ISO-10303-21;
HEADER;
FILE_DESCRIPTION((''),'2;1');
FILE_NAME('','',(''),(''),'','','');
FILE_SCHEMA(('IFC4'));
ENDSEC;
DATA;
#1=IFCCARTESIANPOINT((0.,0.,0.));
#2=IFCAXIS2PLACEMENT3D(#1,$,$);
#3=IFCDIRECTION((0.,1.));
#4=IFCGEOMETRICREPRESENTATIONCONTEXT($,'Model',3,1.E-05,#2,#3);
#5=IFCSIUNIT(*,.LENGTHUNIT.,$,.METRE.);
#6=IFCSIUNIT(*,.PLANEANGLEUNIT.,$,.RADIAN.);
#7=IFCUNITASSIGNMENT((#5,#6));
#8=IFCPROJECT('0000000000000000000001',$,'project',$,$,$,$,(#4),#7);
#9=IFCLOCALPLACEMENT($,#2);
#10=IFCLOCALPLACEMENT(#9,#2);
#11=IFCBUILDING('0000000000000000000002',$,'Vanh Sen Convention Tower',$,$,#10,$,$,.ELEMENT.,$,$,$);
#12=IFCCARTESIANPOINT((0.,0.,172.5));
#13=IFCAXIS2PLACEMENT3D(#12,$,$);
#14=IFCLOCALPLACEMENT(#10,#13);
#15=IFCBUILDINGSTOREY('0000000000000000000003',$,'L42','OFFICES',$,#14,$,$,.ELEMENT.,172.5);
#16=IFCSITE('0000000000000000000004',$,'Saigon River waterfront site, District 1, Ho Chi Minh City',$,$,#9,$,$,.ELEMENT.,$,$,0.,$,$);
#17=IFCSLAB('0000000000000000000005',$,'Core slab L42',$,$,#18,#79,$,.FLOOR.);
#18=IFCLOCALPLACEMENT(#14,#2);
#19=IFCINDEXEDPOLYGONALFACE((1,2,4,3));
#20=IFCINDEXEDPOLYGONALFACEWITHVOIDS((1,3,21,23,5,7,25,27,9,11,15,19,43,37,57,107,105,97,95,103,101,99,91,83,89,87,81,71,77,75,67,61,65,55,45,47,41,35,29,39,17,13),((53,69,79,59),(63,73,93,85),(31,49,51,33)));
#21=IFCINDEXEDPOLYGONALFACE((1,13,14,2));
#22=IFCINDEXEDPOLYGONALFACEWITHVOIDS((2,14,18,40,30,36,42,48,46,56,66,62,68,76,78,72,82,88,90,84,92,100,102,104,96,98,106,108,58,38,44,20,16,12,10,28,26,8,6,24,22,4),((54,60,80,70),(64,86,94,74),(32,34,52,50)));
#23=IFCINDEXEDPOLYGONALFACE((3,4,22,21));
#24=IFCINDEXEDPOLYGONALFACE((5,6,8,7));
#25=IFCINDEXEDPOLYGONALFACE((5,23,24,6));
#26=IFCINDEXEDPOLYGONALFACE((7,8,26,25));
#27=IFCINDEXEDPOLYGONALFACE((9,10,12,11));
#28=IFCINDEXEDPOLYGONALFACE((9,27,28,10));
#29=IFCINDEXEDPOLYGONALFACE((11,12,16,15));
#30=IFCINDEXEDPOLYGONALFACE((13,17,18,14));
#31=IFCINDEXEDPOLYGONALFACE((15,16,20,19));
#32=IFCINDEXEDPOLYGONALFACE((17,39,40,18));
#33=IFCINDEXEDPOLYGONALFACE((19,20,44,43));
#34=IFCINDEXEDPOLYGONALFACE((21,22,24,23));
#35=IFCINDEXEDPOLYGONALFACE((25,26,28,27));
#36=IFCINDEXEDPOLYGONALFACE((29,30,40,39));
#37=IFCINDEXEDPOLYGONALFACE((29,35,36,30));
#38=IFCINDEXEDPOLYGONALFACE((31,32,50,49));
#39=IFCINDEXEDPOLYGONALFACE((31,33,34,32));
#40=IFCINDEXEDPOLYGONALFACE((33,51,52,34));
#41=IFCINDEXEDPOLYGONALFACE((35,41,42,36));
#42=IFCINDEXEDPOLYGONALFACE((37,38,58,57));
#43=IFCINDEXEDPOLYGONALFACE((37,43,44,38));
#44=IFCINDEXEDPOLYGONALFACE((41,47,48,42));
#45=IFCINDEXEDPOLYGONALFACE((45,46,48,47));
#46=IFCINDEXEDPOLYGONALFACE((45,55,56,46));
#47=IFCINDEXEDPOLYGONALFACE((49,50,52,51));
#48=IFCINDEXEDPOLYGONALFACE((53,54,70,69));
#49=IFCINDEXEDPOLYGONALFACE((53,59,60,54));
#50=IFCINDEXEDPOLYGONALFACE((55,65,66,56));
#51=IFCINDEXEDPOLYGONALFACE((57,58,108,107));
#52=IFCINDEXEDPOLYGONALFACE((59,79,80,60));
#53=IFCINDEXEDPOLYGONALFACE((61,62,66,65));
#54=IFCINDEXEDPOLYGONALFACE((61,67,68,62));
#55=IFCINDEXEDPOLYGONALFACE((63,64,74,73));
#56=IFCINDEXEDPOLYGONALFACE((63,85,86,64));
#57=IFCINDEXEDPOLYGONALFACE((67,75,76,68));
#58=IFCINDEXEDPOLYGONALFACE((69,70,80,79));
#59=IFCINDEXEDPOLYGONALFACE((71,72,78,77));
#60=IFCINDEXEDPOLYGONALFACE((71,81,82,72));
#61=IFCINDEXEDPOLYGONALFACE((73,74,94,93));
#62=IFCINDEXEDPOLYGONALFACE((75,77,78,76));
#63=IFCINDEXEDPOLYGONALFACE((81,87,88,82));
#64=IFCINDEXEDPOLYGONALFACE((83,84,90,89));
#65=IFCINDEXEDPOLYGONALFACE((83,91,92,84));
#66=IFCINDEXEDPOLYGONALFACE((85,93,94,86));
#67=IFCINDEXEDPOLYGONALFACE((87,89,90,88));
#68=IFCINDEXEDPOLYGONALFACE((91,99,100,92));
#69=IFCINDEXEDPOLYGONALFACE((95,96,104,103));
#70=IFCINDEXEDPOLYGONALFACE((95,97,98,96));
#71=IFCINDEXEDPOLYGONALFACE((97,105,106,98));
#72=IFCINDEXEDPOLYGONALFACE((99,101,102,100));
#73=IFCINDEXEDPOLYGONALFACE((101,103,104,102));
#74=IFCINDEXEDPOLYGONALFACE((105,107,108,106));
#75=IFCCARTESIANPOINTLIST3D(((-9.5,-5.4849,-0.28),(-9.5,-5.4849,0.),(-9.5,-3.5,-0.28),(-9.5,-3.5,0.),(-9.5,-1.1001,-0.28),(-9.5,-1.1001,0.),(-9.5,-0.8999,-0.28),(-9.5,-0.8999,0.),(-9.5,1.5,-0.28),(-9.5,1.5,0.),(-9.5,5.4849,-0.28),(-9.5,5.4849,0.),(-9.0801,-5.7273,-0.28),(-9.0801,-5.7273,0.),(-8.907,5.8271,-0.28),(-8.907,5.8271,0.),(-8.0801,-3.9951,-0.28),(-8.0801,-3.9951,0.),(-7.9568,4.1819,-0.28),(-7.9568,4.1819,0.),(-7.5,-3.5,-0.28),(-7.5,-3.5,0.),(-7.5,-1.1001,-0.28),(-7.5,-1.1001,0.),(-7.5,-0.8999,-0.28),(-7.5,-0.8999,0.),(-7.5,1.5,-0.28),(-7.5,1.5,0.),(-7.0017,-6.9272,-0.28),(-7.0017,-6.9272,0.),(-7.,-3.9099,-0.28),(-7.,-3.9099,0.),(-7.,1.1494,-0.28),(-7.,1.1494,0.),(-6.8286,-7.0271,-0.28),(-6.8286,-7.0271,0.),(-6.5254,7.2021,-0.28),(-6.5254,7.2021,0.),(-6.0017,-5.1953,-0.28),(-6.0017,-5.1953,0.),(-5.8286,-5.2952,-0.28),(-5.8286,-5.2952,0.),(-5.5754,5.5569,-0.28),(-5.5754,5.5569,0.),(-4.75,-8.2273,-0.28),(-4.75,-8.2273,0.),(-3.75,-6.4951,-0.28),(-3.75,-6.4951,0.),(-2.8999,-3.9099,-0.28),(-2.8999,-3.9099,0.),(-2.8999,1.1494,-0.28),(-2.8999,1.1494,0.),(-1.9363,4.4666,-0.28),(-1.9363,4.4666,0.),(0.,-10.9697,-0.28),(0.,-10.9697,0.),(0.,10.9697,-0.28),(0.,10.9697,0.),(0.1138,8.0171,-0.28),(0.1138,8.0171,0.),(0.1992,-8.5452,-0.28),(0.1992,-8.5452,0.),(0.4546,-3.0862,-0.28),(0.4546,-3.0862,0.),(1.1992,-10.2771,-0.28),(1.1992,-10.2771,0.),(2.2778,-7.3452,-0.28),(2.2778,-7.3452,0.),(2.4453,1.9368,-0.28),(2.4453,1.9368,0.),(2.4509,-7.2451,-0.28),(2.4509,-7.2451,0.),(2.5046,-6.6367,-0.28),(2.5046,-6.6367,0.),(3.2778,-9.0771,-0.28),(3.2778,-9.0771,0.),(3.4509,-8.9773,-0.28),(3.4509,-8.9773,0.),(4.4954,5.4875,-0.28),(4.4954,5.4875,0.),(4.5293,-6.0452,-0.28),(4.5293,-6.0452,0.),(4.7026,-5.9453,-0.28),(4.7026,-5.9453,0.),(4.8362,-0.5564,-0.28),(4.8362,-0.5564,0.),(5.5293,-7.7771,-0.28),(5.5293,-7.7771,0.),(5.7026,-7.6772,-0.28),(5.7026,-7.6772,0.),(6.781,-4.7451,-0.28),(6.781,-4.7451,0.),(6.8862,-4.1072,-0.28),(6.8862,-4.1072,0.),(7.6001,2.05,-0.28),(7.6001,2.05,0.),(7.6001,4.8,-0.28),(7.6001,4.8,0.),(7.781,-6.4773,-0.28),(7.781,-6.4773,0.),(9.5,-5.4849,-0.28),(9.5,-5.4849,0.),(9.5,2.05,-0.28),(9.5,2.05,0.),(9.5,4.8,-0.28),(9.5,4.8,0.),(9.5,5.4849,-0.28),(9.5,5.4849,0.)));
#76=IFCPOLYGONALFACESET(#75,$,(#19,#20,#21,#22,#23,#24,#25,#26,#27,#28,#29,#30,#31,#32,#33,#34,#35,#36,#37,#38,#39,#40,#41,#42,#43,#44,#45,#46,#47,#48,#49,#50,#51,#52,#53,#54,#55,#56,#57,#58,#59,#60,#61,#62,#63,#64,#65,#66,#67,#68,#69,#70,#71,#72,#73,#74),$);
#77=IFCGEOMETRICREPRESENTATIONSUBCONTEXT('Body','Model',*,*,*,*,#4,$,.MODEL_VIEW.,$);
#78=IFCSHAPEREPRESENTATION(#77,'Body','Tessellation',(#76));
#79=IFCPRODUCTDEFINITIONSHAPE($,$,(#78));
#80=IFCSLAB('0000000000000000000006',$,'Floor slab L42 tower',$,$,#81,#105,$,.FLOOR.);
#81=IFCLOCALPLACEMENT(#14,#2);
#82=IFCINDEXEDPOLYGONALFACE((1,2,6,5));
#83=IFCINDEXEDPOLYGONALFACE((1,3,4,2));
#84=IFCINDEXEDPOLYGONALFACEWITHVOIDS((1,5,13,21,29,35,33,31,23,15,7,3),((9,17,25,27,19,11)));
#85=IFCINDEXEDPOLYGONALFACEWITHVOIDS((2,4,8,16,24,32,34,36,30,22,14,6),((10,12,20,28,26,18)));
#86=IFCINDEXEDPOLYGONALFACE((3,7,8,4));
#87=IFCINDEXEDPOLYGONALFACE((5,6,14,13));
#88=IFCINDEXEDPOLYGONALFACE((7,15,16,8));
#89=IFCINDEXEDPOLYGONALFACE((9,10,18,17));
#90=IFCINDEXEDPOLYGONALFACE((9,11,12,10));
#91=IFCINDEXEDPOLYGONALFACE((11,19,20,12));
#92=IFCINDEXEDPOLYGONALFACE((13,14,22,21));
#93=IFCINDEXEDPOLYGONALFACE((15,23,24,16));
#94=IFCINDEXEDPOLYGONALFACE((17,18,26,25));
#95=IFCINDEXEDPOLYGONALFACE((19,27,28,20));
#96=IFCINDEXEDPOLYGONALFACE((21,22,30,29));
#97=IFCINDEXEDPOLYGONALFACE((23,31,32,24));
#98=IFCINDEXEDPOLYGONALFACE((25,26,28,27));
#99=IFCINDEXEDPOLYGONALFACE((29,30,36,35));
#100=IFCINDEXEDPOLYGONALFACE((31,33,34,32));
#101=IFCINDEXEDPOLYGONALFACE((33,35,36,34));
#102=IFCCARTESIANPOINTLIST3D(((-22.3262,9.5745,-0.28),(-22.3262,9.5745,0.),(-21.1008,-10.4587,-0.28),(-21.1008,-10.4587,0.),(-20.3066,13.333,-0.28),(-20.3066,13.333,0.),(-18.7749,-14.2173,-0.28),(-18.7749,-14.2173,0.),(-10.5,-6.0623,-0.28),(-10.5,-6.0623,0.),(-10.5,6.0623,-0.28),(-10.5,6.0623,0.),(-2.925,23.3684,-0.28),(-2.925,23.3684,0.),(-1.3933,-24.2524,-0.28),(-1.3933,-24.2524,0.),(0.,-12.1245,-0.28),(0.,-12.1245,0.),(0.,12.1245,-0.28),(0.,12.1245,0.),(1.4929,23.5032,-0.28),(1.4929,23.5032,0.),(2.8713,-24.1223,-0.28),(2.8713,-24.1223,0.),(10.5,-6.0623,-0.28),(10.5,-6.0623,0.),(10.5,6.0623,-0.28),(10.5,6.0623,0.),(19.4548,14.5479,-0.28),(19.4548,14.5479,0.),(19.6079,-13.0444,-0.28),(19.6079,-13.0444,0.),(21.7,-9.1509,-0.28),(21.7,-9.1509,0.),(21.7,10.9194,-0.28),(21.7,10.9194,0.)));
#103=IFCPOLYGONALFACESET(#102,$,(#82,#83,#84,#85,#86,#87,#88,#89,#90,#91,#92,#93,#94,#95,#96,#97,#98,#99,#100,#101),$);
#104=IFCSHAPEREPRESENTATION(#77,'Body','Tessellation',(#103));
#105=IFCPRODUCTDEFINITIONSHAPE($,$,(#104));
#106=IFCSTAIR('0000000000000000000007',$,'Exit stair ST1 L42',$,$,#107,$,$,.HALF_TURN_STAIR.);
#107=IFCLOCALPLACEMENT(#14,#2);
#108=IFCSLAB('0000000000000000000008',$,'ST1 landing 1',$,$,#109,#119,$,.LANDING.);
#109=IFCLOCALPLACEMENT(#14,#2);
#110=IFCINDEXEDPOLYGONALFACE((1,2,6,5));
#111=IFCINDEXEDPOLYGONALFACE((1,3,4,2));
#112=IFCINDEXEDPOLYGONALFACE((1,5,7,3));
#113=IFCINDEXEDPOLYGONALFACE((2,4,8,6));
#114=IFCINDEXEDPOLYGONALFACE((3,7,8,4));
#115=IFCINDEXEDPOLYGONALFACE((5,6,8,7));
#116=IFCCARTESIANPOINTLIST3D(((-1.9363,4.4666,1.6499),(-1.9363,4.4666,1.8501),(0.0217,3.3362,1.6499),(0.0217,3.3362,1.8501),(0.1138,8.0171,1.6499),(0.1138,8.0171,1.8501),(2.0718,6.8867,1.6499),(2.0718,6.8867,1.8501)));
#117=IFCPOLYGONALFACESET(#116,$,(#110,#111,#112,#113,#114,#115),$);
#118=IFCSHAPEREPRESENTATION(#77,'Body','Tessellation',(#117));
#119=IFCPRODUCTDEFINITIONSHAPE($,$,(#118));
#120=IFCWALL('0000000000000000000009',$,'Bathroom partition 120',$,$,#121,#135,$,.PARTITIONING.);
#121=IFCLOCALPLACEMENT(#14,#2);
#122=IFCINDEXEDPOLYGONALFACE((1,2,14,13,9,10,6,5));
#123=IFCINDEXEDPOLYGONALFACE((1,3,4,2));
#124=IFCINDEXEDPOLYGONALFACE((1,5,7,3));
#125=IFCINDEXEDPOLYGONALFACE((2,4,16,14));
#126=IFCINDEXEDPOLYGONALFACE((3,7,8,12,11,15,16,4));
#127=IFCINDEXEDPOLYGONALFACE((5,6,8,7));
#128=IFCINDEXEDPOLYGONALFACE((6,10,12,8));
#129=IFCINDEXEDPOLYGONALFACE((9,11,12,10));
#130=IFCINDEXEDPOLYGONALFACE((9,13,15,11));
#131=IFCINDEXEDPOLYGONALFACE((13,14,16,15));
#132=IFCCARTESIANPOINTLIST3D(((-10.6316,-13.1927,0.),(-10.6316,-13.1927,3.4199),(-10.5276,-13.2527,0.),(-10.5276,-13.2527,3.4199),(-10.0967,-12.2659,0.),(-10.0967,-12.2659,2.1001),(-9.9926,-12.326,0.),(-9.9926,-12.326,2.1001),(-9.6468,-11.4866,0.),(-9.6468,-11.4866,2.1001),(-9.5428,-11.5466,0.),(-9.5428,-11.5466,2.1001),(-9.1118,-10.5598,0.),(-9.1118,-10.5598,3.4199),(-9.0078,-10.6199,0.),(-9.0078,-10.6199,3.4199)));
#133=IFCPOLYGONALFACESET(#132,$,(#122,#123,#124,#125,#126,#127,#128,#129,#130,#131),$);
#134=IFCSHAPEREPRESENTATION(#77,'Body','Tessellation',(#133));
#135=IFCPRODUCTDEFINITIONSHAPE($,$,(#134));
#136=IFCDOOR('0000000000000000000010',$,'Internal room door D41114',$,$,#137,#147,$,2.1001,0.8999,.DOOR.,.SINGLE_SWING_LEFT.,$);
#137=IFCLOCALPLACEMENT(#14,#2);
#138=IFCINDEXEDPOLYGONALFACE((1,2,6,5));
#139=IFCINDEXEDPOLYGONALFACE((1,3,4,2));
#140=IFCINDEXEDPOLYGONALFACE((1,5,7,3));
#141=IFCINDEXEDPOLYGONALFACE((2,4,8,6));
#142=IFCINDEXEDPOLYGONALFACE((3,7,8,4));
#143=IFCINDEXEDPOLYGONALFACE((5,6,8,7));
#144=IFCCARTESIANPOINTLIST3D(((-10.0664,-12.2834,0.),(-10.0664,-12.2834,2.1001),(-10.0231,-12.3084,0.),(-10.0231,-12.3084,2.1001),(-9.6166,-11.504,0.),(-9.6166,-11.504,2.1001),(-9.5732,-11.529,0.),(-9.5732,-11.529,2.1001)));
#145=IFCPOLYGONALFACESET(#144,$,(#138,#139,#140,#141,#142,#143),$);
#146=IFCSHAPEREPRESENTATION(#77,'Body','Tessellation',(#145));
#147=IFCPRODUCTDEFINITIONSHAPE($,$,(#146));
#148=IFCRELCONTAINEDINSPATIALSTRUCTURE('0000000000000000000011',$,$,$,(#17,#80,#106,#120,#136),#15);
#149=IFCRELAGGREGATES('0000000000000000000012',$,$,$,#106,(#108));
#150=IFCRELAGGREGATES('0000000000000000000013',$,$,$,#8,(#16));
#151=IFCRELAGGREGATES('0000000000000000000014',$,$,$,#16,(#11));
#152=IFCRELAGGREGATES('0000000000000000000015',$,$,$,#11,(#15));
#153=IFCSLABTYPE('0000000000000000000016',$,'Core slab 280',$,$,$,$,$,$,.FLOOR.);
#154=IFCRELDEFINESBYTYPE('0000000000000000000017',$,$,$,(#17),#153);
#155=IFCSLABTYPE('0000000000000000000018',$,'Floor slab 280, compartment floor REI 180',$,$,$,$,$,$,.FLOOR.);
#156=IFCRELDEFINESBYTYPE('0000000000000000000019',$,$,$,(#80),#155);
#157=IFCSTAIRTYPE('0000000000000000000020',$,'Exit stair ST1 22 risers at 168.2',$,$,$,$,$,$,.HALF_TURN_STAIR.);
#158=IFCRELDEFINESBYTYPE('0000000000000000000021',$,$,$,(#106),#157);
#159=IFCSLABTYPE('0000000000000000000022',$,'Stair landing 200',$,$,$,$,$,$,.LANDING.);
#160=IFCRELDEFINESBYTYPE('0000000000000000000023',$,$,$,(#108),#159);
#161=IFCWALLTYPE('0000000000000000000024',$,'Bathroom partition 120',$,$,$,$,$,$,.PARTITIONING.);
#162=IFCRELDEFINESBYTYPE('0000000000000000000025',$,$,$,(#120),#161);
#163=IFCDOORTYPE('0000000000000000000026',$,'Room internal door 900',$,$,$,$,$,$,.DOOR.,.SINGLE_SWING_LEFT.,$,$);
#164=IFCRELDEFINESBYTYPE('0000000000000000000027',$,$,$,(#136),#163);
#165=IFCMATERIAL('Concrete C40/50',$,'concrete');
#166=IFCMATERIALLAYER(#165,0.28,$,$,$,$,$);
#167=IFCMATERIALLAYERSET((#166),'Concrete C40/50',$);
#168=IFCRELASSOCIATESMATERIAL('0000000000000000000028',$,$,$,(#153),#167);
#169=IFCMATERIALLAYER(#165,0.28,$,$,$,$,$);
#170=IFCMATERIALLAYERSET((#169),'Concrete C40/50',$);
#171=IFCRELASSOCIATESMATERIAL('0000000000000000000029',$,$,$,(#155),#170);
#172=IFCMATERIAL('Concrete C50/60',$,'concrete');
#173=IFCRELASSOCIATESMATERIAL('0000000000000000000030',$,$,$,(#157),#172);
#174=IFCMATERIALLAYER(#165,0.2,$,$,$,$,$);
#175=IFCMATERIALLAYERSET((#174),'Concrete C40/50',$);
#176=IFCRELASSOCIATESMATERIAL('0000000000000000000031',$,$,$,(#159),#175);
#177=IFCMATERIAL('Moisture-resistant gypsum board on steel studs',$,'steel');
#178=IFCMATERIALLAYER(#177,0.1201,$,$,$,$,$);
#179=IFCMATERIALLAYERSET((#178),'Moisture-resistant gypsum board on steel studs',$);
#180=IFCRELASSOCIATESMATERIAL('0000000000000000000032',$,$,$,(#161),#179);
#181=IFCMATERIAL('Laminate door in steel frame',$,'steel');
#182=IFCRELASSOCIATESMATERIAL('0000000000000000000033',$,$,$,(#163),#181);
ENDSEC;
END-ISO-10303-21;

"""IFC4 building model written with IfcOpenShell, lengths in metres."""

from ifc_helpers import new_model, si_unit, direction, frame, frame_2d, origin, place, context, subcontext, project, spatial, polyline, rectangle, outline, extrude, material, layer, layer_set, type_object, element, fill, aggregate, save


model = new_model("IFC4")

# Units and contexts
model_context = context("Model", 3, precision=1e-05, world=origin(), true_north=direction((0.0, 1.0)))
body_context = subcontext(model_context, "Body", "Model", "MODEL_VIEW")
ifc_project = project(units=[si_unit("LENGTHUNIT", "METRE"), si_unit("PLANEANGLEUNIT", "RADIAN")], contexts=[model_context])

# Site, building, storey
site_placement = place(None, origin())
site = spatial("IfcSite", under=ifc_project, at=site_placement, Name="Saigon River waterfront site, District 1, Ho Chi Minh City", CompositionType="ELEMENT", RefElevation=0.0)
building_placement = place(site_placement, origin())
building = spatial("IfcBuilding", under=site, at=building_placement, Name="Vanh Sen Convention Tower", CompositionType="ELEMENT")
storey_placement = place(building_placement, frame((0.0, 0.0, 172.5)))
storey = spatial("IfcBuildingStorey", under=building, at=storey_placement, Name="L42", Description="OFFICES", CompositionType="ELEMENT", Elevation=172.5)

# Slabs
ifc_material_1 = material(Name="Concrete C40/50", Category="concrete")
ifc_layer_1 = layer(ifc_material_1, 0.28)
ifc_layer_set_1 = layer_set([ifc_layer_1], Name="Concrete C40/50")
slab_type_1 = type_object("IfcSlabType", Name="Core slab 280", PredefinedType="FLOOR", material=ifc_layer_set_1)
slab_1_placement = place(storey_placement, frame((0.0, 0.0, -0.28)))
element("IfcSlab", 1, at=slab_1_placement, inside=storey, type_object=slab_type_1, Name="Core slab L42", PredefinedType="FLOOR", context=body_context, shape_type="SweptSolid", body=[
    extrude(outline(polyline([(0.0, 10.9697), (9.5, 5.4849), (9.5, 4.8), (7.6001, 4.8), (7.6001, 2.05), (9.5, 2.05), (9.5, -5.4849), (7.781, -6.4773), (6.781, -4.7451), (4.7026, -5.9453), (5.7026, -7.6772), (5.5293, -7.7771), (4.5293, -6.0452), (2.4509, -7.2451), (3.4509, -8.9773), (3.2778, -9.0771), (2.2778, -7.3452), (0.1992, -8.5452), (1.1992, -10.2771), (0.0, -10.9697), (-4.75, -8.2273), (-3.75, -6.4951), (-5.8286, -5.2952), (-6.8286, -7.0271), (-7.0017, -6.9272), (-6.0017, -5.1953), (-8.0801, -3.9951), (-9.0801, -5.7273), (-9.5, -5.4849), (-9.5, -3.5), (-7.5, -3.5), (-7.5, -1.1001), (-9.5, -1.1001), (-9.5, -0.8999), (-7.5, -0.8999), (-7.5, 1.5), (-9.5, 1.5), (-9.5, 5.4849), (-8.907, 5.8271), (-7.9568, 4.1819), (-5.5754, 5.5569), (-6.5254, 7.2021), (0.0, 10.9697)]), holes=[polyline([(-7.0, 1.1494), (-7.0, -3.9099), (-2.8999, -3.9099), (-2.8999, 1.1494), (-7.0, 1.1494)]), polyline([(2.5046, -6.6367), (6.8862, -4.1072), (4.8362, -0.5564), (0.4546, -3.0862), (2.5046, -6.6367)]), polyline([(0.1138, 8.0171), (-1.9363, 4.4666), (2.4453, 1.9368), (4.4954, 5.4875), (0.1138, 8.0171)])]), origin(), (0.0, 0.0, 1.0), 0.28),
])
ifc_layer_2 = layer(ifc_material_1, 0.28)
ifc_layer_set_2 = layer_set([ifc_layer_2], Name="Concrete C40/50")
slab_type_2 = type_object("IfcSlabType", Name="Floor slab 280, compartment floor REI 180", PredefinedType="FLOOR", material=ifc_layer_set_2)
slab_2_placement = place(storey_placement, frame((0.0, 0.0, -0.28)))
element("IfcSlab", 2, at=slab_2_placement, inside=storey, type_object=slab_type_2, Name="Floor slab L42 tower", PredefinedType="FLOOR", context=body_context, shape_type="SweptSolid", body=[
    extrude(outline(polyline([(21.7, -9.1509), (21.7, 10.9194), (19.4548, 14.5479), (1.4929, 23.5032), (-2.925, 23.3684), (-20.3066, 13.333), (-22.3262, 9.5745), (-21.1008, -10.4587), (-18.7749, -14.2173), (-1.3933, -24.2524), (2.8713, -24.1223), (19.6079, -13.0444), (21.7, -9.1509)]), holes=[polyline([(0.0, 12.1245), (-10.5, 6.0623), (-10.5, -6.0623), (0.0, -12.1245), (10.5, -6.0623), (10.5, 6.0623), (0.0, 12.1245)])]), origin(), (0.0, 0.0, 1.0), 0.28),
])

# Stair, slab
ifc_material_2 = material(Name="Concrete C50/60", Category="concrete")
stair_type = type_object("IfcStairType", Name="Exit stair ST1 22 risers at 168.2", PredefinedType="HALF_TURN_STAIR", material=ifc_material_2)
stair_placement = place(storey_placement, origin())
stair = element("IfcStair", 3, at=stair_placement, inside=storey, type_object=stair_type, Name="Exit stair ST1 L42", PredefinedType="HALF_TURN_STAIR")
ifc_layer_3 = layer(ifc_material_1, 0.2)
ifc_layer_set_3 = layer_set([ifc_layer_3], Name="Concrete C40/50")
slab_type_3 = type_object("IfcSlabType", Name="Stair landing 200", PredefinedType="LANDING", material=ifc_layer_set_3)
slab_3_placement = place(storey_placement, frame((0.0, 0.0, 1.6499)))
slab_3 = element("IfcSlab", 4, at=slab_3_placement, type_object=slab_type_3, Name="ST1 landing 1", PredefinedType="LANDING", context=body_context, shape_type="SweptSolid", body=[
    extrude(outline(polyline([(2.0718, 6.8867), (0.1138, 8.0171), (-1.9363, 4.4666), (0.0217, 3.3362), (2.0718, 6.8867)])), origin(), (0.0, 0.0, 1.0), 0.2002),
])
aggregate(stair, [slab_3])

# Wall, opening, door
ifc_material_3 = material(Name="Moisture-resistant gypsum board on steel studs", Category="steel")
ifc_layer_4 = layer(ifc_material_3, 0.1201)
ifc_layer_set_4 = layer_set([ifc_layer_4], Name="Moisture-resistant gypsum board on steel studs")
wall_type_1 = type_object("IfcWallType", Name="Bathroom partition 120", PredefinedType="PARTITIONING", material=ifc_layer_set_4)
wall_1_placement = place(storey_placement, frame((-9.0598, -10.5898, 0.0), z_axis=(0.0, 0.0, 1.0), x_axis=(-0.499931, -0.866065, 0.0)))
wall_1 = element("IfcWall", 5, at=wall_1_placement, inside=storey, type_object=wall_type_1, Name="Bathroom partition 120", PredefinedType="PARTITIONING", context=body_context, shape_type="SweptSolid", body=[
    extrude(rectangle(XDim=3.04, YDim=0.1201, at=frame_2d((1.52, 0.0))), origin(), (0.0, 0.0, 1.0), 3.4199),
])
opening_1_placement = place(wall_1_placement, frame((1.0701, 0.0, 0.0)))
opening_1 = element("IfcOpeningElement", 6, at=opening_1_placement, cuts=wall_1, PredefinedType="OPENING", context=body_context, shape_type="SweptSolid", body=[
    extrude(rectangle(XDim=0.8999, YDim=2.1001, at=frame_2d((0.45, 1.05))), frame((0.0, 0.0701, 0.0), z_axis=(0.0, -1.0, 0.0), x_axis=(1.0, 0.0, 0.0)), (0.0, 0.0, 1.0), 0.1401),
])
ifc_material_4 = material(Name="Laminate door in steel frame", Category="steel")
door_type_1 = type_object("IfcDoorType", Name="Room internal door 900", OperationType="SINGLE_SWING_LEFT", PredefinedType="DOOR", material=ifc_material_4)
door_1_placement = place(opening_1_placement, origin())
door_1 = element("IfcDoor", 7, at=door_1_placement, inside=storey, type_object=door_type_1, Name="Internal room door D41114", OperationType="SINGLE_SWING_LEFT", OverallHeight=2.1001, OverallWidth=0.8999, PredefinedType="DOOR", context=body_context, shape_type="SweptSolid", body=[
    extrude(rectangle(XDim=0.8999, YDim=2.1001, at=frame_2d((0.45, 1.05))), frame((0.0, 0.0249, 0.0), z_axis=(0.0, -1.0, 0.0), x_axis=(1.0, 0.0, 0.0)), (0.0, 0.0, 1.0), 0.05),
])
fill(opening_1, door_1)

save(model, "model.ifc")
